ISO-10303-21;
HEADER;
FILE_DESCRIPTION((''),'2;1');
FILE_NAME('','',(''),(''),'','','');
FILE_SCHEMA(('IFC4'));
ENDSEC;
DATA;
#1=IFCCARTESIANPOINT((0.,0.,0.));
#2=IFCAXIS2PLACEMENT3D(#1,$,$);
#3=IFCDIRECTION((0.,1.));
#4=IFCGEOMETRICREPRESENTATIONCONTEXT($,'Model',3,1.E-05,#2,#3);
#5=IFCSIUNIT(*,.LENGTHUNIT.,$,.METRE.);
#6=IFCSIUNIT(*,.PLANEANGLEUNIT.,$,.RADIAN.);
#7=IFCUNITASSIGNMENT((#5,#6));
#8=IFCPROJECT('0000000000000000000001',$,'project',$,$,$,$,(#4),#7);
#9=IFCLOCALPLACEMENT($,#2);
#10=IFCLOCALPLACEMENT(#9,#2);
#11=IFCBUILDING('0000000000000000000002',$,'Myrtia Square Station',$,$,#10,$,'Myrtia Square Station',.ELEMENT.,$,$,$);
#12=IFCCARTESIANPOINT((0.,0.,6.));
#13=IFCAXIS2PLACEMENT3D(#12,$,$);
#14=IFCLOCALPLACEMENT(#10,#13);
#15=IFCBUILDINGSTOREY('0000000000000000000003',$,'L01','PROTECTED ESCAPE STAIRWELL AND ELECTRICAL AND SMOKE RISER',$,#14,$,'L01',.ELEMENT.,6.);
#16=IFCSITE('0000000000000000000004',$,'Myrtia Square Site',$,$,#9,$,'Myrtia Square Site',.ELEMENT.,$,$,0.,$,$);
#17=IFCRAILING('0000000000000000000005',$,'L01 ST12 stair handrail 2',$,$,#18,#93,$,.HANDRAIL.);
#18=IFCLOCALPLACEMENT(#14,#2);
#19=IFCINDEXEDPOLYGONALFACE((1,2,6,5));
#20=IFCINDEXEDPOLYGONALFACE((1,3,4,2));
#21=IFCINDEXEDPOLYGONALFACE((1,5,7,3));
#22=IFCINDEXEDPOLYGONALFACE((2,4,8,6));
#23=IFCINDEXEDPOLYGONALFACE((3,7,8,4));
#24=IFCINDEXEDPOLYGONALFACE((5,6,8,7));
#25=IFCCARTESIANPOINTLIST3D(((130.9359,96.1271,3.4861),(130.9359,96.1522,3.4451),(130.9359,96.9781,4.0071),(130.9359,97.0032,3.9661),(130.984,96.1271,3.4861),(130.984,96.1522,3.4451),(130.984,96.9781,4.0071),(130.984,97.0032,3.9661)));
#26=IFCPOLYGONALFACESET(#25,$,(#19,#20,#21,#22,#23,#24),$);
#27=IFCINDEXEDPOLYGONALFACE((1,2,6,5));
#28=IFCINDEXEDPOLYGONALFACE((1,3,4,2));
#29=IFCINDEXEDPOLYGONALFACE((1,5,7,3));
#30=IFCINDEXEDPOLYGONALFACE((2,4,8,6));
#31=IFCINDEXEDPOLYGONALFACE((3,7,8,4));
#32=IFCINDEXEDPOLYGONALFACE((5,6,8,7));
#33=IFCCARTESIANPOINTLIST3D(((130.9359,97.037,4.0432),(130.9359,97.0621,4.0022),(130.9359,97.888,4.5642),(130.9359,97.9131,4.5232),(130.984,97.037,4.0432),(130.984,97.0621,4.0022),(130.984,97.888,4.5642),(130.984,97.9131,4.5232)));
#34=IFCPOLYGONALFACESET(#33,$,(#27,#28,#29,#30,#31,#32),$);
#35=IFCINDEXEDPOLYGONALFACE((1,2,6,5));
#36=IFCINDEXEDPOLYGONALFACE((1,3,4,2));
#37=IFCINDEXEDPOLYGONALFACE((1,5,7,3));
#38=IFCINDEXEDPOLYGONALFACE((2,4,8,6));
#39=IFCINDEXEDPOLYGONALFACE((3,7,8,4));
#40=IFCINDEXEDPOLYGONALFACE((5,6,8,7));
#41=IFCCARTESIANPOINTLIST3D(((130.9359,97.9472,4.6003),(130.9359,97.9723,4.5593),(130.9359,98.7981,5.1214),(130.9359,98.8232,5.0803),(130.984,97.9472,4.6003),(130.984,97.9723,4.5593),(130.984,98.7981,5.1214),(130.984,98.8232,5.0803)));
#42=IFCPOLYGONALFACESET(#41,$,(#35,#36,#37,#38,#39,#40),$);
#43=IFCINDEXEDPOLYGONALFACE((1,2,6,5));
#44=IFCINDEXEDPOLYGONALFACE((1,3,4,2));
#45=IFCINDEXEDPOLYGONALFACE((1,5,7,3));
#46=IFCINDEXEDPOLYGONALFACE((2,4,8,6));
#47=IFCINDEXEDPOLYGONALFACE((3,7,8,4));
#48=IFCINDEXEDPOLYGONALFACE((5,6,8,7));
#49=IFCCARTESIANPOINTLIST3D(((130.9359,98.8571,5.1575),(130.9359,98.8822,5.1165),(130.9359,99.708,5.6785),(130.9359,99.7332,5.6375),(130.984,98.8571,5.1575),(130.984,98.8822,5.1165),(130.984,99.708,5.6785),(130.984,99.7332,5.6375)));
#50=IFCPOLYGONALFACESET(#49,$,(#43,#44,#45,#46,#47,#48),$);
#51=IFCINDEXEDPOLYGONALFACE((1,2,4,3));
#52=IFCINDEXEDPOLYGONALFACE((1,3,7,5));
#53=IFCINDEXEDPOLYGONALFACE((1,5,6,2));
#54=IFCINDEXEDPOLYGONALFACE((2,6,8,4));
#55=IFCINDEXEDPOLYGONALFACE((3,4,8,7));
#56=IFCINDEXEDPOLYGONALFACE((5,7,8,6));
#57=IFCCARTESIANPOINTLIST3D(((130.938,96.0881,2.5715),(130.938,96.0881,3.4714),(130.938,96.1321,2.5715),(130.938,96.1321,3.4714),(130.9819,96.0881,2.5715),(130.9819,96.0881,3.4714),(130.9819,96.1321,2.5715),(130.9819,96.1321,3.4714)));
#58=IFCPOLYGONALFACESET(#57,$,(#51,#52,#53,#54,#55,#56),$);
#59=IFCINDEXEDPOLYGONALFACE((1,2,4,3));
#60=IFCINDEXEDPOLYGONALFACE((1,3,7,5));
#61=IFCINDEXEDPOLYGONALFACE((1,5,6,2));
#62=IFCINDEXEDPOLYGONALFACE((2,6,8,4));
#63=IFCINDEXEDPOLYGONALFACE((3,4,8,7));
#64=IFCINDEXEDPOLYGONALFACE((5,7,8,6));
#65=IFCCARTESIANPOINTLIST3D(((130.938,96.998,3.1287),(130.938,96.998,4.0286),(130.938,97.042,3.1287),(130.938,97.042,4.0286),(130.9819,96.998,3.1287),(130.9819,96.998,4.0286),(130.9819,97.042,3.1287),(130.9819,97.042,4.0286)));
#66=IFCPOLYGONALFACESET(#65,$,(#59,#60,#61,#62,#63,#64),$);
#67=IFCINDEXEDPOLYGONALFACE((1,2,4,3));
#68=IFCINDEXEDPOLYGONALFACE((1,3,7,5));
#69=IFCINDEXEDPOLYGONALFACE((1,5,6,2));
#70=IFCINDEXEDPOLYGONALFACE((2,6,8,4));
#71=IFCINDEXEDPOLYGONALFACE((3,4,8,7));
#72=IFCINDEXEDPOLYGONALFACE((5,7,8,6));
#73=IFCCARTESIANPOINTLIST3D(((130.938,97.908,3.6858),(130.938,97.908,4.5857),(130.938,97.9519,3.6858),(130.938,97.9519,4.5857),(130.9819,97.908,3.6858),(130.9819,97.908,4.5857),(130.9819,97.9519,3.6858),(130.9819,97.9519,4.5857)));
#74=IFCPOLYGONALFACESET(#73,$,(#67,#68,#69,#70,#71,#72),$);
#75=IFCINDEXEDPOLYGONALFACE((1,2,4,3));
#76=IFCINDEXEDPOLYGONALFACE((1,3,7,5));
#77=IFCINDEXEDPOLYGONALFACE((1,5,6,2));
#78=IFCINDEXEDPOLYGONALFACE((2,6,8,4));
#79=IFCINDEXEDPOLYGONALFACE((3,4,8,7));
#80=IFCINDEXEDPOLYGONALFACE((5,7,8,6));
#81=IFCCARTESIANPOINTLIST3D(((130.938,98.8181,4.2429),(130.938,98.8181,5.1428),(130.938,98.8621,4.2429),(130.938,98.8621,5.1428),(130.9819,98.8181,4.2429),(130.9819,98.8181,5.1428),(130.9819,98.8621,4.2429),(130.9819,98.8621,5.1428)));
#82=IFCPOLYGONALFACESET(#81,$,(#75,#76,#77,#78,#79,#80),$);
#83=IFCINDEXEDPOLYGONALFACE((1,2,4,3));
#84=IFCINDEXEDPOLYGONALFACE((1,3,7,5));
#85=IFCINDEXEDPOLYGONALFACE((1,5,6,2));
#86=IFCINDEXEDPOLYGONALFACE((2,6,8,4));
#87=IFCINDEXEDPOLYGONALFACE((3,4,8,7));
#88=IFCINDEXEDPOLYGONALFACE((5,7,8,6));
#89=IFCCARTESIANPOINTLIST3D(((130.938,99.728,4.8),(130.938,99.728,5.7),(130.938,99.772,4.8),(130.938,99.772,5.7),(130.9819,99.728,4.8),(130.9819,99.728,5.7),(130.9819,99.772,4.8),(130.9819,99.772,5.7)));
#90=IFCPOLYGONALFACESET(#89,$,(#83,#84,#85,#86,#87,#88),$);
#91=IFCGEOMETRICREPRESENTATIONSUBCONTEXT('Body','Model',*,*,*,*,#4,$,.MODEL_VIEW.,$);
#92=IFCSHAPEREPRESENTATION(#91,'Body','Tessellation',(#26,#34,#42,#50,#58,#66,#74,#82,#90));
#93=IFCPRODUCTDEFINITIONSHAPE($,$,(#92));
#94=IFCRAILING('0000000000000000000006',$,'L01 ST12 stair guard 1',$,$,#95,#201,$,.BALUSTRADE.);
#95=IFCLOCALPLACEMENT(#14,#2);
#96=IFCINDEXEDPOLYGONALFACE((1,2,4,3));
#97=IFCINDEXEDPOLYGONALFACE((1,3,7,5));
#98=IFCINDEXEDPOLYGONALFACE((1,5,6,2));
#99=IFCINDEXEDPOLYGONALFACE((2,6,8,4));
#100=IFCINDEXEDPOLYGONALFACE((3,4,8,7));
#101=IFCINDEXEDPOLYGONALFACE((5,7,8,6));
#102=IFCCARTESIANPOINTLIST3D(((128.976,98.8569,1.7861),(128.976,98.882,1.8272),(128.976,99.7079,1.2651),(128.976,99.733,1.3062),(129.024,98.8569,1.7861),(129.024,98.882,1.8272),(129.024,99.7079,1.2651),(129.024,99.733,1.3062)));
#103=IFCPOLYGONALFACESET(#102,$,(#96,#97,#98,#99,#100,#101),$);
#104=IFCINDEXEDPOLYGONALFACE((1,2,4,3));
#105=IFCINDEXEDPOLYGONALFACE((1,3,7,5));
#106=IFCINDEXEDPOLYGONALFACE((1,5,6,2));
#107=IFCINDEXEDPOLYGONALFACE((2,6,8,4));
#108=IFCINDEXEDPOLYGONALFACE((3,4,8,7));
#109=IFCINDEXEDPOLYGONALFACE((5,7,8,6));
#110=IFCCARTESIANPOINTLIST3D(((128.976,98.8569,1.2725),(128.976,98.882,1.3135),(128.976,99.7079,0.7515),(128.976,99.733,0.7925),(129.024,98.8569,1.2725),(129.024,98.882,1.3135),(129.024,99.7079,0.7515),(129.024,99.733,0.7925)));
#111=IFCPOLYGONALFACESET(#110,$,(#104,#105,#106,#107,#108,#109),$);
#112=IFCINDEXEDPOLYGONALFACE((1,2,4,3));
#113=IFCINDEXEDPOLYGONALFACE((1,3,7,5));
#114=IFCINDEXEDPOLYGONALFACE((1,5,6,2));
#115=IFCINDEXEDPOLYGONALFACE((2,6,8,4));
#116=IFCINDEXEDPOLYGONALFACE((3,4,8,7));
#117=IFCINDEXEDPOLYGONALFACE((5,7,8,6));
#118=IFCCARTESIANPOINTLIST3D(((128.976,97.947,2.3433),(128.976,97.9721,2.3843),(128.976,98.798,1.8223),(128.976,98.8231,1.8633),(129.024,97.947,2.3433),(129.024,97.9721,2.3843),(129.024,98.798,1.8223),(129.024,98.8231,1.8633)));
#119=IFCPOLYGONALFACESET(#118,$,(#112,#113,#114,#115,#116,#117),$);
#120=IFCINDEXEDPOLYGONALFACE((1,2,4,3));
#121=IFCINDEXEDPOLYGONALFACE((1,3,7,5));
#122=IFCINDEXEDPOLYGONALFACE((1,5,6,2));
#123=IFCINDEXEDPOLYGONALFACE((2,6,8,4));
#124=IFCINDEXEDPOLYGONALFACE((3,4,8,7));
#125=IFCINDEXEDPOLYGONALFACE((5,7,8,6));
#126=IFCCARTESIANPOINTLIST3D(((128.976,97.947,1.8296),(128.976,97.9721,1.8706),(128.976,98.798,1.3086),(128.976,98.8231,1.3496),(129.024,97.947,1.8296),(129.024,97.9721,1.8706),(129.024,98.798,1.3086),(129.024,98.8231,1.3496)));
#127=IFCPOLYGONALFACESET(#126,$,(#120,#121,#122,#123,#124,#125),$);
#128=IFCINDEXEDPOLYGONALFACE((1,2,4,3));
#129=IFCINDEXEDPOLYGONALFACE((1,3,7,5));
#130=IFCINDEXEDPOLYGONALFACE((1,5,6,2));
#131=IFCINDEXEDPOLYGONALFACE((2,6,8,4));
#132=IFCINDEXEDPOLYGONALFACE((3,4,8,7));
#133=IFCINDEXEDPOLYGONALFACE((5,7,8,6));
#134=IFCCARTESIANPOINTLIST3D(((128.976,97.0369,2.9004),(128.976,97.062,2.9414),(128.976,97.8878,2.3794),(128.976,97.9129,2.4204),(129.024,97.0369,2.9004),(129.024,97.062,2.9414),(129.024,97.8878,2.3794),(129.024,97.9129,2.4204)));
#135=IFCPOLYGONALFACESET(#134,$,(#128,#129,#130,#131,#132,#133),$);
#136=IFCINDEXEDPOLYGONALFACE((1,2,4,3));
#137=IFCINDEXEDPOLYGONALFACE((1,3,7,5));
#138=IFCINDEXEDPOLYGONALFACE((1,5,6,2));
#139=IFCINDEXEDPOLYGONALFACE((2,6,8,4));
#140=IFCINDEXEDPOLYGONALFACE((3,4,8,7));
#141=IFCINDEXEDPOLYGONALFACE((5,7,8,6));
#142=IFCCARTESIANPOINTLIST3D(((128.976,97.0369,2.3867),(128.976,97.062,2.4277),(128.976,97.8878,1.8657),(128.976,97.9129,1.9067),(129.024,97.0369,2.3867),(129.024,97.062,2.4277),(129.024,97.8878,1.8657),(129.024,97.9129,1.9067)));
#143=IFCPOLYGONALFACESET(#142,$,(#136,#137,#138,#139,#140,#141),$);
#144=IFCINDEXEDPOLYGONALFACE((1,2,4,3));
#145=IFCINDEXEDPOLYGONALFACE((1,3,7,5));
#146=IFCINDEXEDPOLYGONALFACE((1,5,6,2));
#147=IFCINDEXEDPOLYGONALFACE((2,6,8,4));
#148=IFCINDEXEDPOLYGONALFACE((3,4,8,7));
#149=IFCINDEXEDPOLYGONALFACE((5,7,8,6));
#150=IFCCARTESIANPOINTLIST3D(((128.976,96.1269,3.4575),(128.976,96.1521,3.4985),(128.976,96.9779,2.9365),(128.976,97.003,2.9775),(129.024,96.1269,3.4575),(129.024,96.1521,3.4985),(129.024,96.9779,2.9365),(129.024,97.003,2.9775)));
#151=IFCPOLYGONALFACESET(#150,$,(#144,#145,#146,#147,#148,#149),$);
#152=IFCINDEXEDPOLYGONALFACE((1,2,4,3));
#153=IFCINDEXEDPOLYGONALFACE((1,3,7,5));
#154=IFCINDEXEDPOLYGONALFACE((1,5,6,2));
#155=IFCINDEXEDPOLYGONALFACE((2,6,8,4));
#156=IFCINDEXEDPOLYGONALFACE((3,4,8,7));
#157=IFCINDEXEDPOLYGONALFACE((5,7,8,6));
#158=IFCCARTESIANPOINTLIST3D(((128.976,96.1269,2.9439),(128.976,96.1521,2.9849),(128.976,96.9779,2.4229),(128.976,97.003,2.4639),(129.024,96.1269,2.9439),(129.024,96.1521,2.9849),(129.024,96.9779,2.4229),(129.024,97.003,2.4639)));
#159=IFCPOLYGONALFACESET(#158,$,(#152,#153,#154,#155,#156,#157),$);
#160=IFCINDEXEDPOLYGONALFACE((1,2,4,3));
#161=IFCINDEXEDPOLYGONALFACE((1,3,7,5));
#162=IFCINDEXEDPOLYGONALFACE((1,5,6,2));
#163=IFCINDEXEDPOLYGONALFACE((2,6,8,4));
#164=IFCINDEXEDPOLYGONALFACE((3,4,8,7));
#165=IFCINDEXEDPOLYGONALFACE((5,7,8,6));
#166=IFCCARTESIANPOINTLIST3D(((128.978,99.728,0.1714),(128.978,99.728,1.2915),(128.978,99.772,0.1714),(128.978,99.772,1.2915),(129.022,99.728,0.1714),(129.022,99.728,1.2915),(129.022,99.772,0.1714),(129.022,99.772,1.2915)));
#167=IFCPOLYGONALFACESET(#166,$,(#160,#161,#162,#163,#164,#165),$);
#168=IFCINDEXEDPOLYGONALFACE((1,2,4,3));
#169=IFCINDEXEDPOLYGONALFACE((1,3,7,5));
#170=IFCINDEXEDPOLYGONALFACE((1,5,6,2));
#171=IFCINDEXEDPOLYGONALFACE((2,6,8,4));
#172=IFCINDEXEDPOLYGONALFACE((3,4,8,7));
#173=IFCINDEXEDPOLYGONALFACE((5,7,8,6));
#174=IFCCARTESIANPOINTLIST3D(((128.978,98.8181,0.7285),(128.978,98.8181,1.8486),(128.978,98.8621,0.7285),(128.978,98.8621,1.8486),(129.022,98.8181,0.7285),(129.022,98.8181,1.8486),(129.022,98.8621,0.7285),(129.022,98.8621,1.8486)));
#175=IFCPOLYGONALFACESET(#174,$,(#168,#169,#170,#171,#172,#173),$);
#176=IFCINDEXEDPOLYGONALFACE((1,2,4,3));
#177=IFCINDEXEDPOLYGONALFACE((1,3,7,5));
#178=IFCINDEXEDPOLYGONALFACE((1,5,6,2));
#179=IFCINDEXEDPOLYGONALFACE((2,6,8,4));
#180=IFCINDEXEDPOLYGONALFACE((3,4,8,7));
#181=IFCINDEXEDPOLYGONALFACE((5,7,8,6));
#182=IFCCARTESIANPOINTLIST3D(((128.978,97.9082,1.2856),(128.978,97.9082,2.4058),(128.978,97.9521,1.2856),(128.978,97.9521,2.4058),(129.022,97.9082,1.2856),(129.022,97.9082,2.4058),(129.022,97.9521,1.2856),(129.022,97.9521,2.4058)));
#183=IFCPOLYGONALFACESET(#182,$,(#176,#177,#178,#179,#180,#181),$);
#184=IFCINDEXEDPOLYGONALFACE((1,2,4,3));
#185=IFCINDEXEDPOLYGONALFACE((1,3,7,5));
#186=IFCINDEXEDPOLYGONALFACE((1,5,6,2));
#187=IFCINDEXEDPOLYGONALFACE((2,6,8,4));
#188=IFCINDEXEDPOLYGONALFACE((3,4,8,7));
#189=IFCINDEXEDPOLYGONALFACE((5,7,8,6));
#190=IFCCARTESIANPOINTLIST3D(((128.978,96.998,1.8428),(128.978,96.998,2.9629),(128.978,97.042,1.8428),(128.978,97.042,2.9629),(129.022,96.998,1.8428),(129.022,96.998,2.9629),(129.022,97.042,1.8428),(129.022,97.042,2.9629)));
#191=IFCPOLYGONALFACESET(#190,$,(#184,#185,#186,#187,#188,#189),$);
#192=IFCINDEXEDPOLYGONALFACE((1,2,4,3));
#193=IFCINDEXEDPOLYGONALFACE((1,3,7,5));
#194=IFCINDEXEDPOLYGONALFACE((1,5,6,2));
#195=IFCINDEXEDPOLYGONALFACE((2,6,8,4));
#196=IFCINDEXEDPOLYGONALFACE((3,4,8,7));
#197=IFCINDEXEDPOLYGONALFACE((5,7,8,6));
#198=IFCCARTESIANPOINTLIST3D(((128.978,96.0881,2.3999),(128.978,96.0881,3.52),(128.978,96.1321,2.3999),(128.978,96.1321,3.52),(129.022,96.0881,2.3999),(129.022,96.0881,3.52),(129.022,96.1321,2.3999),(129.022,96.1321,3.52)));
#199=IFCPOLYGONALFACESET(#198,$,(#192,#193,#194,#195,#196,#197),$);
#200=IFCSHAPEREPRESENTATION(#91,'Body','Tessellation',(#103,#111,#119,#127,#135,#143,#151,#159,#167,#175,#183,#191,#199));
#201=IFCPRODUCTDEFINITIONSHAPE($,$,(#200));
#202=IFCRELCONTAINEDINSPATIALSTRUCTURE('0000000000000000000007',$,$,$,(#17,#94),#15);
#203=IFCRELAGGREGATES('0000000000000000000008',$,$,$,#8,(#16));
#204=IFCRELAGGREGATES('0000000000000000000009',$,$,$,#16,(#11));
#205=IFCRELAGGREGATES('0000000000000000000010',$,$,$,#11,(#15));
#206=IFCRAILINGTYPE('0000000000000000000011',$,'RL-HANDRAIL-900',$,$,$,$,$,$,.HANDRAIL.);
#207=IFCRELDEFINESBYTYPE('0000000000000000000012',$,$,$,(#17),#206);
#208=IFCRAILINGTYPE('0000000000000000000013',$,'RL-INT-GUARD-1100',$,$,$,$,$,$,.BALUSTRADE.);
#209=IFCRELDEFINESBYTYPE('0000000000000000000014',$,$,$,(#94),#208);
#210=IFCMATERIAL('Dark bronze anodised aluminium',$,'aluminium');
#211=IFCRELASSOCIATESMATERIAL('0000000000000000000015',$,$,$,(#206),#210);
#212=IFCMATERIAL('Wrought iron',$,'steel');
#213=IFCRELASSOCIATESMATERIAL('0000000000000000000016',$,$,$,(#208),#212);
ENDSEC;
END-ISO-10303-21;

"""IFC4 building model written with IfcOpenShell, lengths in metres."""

from ifc_helpers import new_model, si_unit, direction, frame, origin, origin_2d, place, context, subcontext, project, spatial, rectangle, extrude, material, type_object, element, save


model = new_model("IFC4")

# Units and contexts
model_context = context("Model", 3, precision=1e-05, world=origin(), true_north=direction((0.0, 1.0)))
body_context = subcontext(model_context, "Body", "Model", "MODEL_VIEW")
ifc_project = project(units=[si_unit("LENGTHUNIT", "METRE"), si_unit("PLANEANGLEUNIT", "RADIAN")], contexts=[model_context])

# Site, building, storey
site_placement = place(None, origin())
site = spatial("IfcSite", under=ifc_project, at=site_placement, Name="Myrtia Square Site", LongName="Myrtia Square Site", CompositionType="ELEMENT", RefElevation=0.0)
building_placement = place(site_placement, origin())
building = spatial("IfcBuilding", under=site, at=building_placement, Name="Myrtia Square Station", LongName="Myrtia Square Station", CompositionType="ELEMENT")
storey_placement = place(building_placement, frame((0.0, 0.0, 6.0)))
storey = spatial("IfcBuildingStorey", under=building, at=storey_placement, Name="L01", Description="PROTECTED ESCAPE STAIRWELL AND ELECTRICAL AND SMOKE RISER", LongName="L01", CompositionType="ELEMENT", Elevation=6.0)

# Shared definitions
ifc_material_1 = material(Name="Dark bronze anodised aluminium", Category="aluminium")

# Railings
railing_type_1 = type_object("IfcRailingType", Name="RL-HANDRAIL-900", PredefinedType="HANDRAIL", material=ifc_material_1)
railing_1_placement = place(storey_placement, frame((130.96, 96.1101, 2.5715)))
element("IfcRailing", 1, at=railing_1_placement, inside=storey, type_object=railing_type_1, Name="L01 ST12 stair handrail 2", PredefinedType="HANDRAIL", context=body_context, shape_type="SweptSolid", body=[
    extrude(rectangle(XDim=0.0481, YDim=0.0481, at=origin_2d()), frame((0.0, 0.0295, 0.894), z_axis=(0.0, 0.85285, 0.522156), x_axis=(-1.0, 0.0, 0.0)), (0.0, 0.0, 1.0), 0.9978),
    extrude(rectangle(XDim=0.0481, YDim=0.0481, at=origin_2d()), frame((0.0, 0.9395, 1.4512), z_axis=(0.0, 0.85285, 0.522156), x_axis=(-1.0, 0.0, 0.0)), (0.0, 0.0, 1.0), 0.9978),
    extrude(rectangle(XDim=0.0481, YDim=0.0481, at=origin_2d()), frame((0.0, 1.8496, 2.0083), z_axis=(0.0, 0.85285, 0.522156), x_axis=(-1.0, 0.0, 0.0)), (0.0, 0.0, 1.0), 0.9978),
    extrude(rectangle(XDim=0.0481, YDim=0.0481, at=origin_2d()), frame((0.0, 2.7595, 2.5654), z_axis=(0.0, 0.85285, 0.522156), x_axis=(-1.0, 0.0, 0.0)), (0.0, 0.0, 1.0), 0.9978),
    extrude(rectangle(XDim=0.0439, YDim=0.0439, at=origin_2d()), origin(), (0.0, 0.0, 1.0), 0.8999),
    extrude(rectangle(XDim=0.0439, YDim=0.0439, at=origin_2d()), frame((0.0, 0.9099, 0.5571)), (0.0, 0.0, 1.0), 0.8999),
    extrude(rectangle(XDim=0.0439, YDim=0.0439, at=origin_2d()), frame((0.0, 1.8198, 1.1143)), (0.0, 0.0, 1.0), 0.8999),
    extrude(rectangle(XDim=0.0439, YDim=0.0439, at=origin_2d()), frame((0.0, 2.73, 1.6714)), (0.0, 0.0, 1.0), 0.8999),
    extrude(rectangle(XDim=0.0439, YDim=0.0439, at=origin_2d()), frame((0.0, 3.6399, 2.2285)), (0.0, 0.0, 1.0), 0.8999),
])
ifc_material_2 = material(Name="Wrought iron", Category="steel")
railing_type_2 = type_object("IfcRailingType", Name="RL-INT-GUARD-1100", PredefinedType="BALUSTRADE", material=ifc_material_2)
railing_2_placement = place(storey_placement, frame((129.0, 99.75, 0.1714)))
element("IfcRailing", 2, at=railing_2_placement, inside=storey, type_object=railing_type_2, Name="L01 ST12 stair guard 1", PredefinedType="BALUSTRADE", context=body_context, shape_type="SweptSolid", body=[
    extrude(rectangle(XDim=0.0481, YDim=0.0481, at=origin_2d()), frame((0.0, -0.0295, 1.1143), z_axis=(0.0, -0.85285, 0.522156), x_axis=(1.0, 0.0, 0.0)), (0.0, 0.0, 1.0), 0.9978),
    extrude(rectangle(XDim=0.0481, YDim=0.0481, at=origin_2d()), frame((0.0, -0.0295, 0.6006), z_axis=(0.0, -0.85285, 0.522156), x_axis=(1.0, 0.0, 0.0)), (0.0, 0.0, 1.0), 0.9978),
    extrude(rectangle(XDim=0.0481, YDim=0.0481, at=origin_2d()), frame((0.0, -0.9395, 1.6714), z_axis=(0.0, -0.85285, 0.522156), x_axis=(1.0, 0.0, 0.0)), (0.0, 0.0, 1.0), 0.9978),
    extrude(rectangle(XDim=0.0481, YDim=0.0481, at=origin_2d()), frame((0.0, -0.9395, 1.1577), z_axis=(0.0, -0.85285, 0.522156), x_axis=(1.0, 0.0, 0.0)), (0.0, 0.0, 1.0), 0.9978),
    extrude(rectangle(XDim=0.0481, YDim=0.0481, at=origin_2d()), frame((0.0, -1.8496, 2.2285), z_axis=(0.0, -0.85285, 0.522156), x_axis=(1.0, 0.0, 0.0)), (0.0, 0.0, 1.0), 0.9978),
    extrude(rectangle(XDim=0.0481, YDim=0.0481, at=origin_2d()), frame((0.0, -1.8496, 1.7148), z_axis=(0.0, -0.85285, 0.522156), x_axis=(1.0, 0.0, 0.0)), (0.0, 0.0, 1.0), 0.9978),
    extrude(rectangle(XDim=0.0481, YDim=0.0481, at=origin_2d()), frame((0.0, -2.7595, 2.7856), z_axis=(0.0, -0.85285, 0.522156), x_axis=(1.0, 0.0, 0.0)), (0.0, 0.0, 1.0), 0.9978),
    extrude(rectangle(XDim=0.0481, YDim=0.0481, at=origin_2d()), frame((0.0, -2.7595, 2.272), z_axis=(0.0, -0.85285, 0.522156), x_axis=(1.0, 0.0, 0.0)), (0.0, 0.0, 1.0), 0.9978),
    extrude(rectangle(XDim=0.0439, YDim=0.0439, at=origin_2d()), origin(), (0.0, 0.0, 1.0), 1.1201),
    extrude(rectangle(XDim=0.0439, YDim=0.0439, at=origin_2d()), frame((0.0, -0.9099, 0.5571)), (0.0, 0.0, 1.0), 1.1201),
    extrude(rectangle(XDim=0.0439, YDim=0.0439, at=origin_2d()), frame((0.0, -1.8198, 1.1143)), (0.0, 0.0, 1.0), 1.1201),
    extrude(rectangle(XDim=0.0439, YDim=0.0439, at=origin_2d()), frame((0.0, -2.73, 1.6714)), (0.0, 0.0, 1.0), 1.1201),
    extrude(rectangle(XDim=0.0439, YDim=0.0439, at=origin_2d()), frame((0.0, -3.6399, 2.2285)), (0.0, 0.0, 1.0), 1.1201),
])

save(model, "model.ifc")
